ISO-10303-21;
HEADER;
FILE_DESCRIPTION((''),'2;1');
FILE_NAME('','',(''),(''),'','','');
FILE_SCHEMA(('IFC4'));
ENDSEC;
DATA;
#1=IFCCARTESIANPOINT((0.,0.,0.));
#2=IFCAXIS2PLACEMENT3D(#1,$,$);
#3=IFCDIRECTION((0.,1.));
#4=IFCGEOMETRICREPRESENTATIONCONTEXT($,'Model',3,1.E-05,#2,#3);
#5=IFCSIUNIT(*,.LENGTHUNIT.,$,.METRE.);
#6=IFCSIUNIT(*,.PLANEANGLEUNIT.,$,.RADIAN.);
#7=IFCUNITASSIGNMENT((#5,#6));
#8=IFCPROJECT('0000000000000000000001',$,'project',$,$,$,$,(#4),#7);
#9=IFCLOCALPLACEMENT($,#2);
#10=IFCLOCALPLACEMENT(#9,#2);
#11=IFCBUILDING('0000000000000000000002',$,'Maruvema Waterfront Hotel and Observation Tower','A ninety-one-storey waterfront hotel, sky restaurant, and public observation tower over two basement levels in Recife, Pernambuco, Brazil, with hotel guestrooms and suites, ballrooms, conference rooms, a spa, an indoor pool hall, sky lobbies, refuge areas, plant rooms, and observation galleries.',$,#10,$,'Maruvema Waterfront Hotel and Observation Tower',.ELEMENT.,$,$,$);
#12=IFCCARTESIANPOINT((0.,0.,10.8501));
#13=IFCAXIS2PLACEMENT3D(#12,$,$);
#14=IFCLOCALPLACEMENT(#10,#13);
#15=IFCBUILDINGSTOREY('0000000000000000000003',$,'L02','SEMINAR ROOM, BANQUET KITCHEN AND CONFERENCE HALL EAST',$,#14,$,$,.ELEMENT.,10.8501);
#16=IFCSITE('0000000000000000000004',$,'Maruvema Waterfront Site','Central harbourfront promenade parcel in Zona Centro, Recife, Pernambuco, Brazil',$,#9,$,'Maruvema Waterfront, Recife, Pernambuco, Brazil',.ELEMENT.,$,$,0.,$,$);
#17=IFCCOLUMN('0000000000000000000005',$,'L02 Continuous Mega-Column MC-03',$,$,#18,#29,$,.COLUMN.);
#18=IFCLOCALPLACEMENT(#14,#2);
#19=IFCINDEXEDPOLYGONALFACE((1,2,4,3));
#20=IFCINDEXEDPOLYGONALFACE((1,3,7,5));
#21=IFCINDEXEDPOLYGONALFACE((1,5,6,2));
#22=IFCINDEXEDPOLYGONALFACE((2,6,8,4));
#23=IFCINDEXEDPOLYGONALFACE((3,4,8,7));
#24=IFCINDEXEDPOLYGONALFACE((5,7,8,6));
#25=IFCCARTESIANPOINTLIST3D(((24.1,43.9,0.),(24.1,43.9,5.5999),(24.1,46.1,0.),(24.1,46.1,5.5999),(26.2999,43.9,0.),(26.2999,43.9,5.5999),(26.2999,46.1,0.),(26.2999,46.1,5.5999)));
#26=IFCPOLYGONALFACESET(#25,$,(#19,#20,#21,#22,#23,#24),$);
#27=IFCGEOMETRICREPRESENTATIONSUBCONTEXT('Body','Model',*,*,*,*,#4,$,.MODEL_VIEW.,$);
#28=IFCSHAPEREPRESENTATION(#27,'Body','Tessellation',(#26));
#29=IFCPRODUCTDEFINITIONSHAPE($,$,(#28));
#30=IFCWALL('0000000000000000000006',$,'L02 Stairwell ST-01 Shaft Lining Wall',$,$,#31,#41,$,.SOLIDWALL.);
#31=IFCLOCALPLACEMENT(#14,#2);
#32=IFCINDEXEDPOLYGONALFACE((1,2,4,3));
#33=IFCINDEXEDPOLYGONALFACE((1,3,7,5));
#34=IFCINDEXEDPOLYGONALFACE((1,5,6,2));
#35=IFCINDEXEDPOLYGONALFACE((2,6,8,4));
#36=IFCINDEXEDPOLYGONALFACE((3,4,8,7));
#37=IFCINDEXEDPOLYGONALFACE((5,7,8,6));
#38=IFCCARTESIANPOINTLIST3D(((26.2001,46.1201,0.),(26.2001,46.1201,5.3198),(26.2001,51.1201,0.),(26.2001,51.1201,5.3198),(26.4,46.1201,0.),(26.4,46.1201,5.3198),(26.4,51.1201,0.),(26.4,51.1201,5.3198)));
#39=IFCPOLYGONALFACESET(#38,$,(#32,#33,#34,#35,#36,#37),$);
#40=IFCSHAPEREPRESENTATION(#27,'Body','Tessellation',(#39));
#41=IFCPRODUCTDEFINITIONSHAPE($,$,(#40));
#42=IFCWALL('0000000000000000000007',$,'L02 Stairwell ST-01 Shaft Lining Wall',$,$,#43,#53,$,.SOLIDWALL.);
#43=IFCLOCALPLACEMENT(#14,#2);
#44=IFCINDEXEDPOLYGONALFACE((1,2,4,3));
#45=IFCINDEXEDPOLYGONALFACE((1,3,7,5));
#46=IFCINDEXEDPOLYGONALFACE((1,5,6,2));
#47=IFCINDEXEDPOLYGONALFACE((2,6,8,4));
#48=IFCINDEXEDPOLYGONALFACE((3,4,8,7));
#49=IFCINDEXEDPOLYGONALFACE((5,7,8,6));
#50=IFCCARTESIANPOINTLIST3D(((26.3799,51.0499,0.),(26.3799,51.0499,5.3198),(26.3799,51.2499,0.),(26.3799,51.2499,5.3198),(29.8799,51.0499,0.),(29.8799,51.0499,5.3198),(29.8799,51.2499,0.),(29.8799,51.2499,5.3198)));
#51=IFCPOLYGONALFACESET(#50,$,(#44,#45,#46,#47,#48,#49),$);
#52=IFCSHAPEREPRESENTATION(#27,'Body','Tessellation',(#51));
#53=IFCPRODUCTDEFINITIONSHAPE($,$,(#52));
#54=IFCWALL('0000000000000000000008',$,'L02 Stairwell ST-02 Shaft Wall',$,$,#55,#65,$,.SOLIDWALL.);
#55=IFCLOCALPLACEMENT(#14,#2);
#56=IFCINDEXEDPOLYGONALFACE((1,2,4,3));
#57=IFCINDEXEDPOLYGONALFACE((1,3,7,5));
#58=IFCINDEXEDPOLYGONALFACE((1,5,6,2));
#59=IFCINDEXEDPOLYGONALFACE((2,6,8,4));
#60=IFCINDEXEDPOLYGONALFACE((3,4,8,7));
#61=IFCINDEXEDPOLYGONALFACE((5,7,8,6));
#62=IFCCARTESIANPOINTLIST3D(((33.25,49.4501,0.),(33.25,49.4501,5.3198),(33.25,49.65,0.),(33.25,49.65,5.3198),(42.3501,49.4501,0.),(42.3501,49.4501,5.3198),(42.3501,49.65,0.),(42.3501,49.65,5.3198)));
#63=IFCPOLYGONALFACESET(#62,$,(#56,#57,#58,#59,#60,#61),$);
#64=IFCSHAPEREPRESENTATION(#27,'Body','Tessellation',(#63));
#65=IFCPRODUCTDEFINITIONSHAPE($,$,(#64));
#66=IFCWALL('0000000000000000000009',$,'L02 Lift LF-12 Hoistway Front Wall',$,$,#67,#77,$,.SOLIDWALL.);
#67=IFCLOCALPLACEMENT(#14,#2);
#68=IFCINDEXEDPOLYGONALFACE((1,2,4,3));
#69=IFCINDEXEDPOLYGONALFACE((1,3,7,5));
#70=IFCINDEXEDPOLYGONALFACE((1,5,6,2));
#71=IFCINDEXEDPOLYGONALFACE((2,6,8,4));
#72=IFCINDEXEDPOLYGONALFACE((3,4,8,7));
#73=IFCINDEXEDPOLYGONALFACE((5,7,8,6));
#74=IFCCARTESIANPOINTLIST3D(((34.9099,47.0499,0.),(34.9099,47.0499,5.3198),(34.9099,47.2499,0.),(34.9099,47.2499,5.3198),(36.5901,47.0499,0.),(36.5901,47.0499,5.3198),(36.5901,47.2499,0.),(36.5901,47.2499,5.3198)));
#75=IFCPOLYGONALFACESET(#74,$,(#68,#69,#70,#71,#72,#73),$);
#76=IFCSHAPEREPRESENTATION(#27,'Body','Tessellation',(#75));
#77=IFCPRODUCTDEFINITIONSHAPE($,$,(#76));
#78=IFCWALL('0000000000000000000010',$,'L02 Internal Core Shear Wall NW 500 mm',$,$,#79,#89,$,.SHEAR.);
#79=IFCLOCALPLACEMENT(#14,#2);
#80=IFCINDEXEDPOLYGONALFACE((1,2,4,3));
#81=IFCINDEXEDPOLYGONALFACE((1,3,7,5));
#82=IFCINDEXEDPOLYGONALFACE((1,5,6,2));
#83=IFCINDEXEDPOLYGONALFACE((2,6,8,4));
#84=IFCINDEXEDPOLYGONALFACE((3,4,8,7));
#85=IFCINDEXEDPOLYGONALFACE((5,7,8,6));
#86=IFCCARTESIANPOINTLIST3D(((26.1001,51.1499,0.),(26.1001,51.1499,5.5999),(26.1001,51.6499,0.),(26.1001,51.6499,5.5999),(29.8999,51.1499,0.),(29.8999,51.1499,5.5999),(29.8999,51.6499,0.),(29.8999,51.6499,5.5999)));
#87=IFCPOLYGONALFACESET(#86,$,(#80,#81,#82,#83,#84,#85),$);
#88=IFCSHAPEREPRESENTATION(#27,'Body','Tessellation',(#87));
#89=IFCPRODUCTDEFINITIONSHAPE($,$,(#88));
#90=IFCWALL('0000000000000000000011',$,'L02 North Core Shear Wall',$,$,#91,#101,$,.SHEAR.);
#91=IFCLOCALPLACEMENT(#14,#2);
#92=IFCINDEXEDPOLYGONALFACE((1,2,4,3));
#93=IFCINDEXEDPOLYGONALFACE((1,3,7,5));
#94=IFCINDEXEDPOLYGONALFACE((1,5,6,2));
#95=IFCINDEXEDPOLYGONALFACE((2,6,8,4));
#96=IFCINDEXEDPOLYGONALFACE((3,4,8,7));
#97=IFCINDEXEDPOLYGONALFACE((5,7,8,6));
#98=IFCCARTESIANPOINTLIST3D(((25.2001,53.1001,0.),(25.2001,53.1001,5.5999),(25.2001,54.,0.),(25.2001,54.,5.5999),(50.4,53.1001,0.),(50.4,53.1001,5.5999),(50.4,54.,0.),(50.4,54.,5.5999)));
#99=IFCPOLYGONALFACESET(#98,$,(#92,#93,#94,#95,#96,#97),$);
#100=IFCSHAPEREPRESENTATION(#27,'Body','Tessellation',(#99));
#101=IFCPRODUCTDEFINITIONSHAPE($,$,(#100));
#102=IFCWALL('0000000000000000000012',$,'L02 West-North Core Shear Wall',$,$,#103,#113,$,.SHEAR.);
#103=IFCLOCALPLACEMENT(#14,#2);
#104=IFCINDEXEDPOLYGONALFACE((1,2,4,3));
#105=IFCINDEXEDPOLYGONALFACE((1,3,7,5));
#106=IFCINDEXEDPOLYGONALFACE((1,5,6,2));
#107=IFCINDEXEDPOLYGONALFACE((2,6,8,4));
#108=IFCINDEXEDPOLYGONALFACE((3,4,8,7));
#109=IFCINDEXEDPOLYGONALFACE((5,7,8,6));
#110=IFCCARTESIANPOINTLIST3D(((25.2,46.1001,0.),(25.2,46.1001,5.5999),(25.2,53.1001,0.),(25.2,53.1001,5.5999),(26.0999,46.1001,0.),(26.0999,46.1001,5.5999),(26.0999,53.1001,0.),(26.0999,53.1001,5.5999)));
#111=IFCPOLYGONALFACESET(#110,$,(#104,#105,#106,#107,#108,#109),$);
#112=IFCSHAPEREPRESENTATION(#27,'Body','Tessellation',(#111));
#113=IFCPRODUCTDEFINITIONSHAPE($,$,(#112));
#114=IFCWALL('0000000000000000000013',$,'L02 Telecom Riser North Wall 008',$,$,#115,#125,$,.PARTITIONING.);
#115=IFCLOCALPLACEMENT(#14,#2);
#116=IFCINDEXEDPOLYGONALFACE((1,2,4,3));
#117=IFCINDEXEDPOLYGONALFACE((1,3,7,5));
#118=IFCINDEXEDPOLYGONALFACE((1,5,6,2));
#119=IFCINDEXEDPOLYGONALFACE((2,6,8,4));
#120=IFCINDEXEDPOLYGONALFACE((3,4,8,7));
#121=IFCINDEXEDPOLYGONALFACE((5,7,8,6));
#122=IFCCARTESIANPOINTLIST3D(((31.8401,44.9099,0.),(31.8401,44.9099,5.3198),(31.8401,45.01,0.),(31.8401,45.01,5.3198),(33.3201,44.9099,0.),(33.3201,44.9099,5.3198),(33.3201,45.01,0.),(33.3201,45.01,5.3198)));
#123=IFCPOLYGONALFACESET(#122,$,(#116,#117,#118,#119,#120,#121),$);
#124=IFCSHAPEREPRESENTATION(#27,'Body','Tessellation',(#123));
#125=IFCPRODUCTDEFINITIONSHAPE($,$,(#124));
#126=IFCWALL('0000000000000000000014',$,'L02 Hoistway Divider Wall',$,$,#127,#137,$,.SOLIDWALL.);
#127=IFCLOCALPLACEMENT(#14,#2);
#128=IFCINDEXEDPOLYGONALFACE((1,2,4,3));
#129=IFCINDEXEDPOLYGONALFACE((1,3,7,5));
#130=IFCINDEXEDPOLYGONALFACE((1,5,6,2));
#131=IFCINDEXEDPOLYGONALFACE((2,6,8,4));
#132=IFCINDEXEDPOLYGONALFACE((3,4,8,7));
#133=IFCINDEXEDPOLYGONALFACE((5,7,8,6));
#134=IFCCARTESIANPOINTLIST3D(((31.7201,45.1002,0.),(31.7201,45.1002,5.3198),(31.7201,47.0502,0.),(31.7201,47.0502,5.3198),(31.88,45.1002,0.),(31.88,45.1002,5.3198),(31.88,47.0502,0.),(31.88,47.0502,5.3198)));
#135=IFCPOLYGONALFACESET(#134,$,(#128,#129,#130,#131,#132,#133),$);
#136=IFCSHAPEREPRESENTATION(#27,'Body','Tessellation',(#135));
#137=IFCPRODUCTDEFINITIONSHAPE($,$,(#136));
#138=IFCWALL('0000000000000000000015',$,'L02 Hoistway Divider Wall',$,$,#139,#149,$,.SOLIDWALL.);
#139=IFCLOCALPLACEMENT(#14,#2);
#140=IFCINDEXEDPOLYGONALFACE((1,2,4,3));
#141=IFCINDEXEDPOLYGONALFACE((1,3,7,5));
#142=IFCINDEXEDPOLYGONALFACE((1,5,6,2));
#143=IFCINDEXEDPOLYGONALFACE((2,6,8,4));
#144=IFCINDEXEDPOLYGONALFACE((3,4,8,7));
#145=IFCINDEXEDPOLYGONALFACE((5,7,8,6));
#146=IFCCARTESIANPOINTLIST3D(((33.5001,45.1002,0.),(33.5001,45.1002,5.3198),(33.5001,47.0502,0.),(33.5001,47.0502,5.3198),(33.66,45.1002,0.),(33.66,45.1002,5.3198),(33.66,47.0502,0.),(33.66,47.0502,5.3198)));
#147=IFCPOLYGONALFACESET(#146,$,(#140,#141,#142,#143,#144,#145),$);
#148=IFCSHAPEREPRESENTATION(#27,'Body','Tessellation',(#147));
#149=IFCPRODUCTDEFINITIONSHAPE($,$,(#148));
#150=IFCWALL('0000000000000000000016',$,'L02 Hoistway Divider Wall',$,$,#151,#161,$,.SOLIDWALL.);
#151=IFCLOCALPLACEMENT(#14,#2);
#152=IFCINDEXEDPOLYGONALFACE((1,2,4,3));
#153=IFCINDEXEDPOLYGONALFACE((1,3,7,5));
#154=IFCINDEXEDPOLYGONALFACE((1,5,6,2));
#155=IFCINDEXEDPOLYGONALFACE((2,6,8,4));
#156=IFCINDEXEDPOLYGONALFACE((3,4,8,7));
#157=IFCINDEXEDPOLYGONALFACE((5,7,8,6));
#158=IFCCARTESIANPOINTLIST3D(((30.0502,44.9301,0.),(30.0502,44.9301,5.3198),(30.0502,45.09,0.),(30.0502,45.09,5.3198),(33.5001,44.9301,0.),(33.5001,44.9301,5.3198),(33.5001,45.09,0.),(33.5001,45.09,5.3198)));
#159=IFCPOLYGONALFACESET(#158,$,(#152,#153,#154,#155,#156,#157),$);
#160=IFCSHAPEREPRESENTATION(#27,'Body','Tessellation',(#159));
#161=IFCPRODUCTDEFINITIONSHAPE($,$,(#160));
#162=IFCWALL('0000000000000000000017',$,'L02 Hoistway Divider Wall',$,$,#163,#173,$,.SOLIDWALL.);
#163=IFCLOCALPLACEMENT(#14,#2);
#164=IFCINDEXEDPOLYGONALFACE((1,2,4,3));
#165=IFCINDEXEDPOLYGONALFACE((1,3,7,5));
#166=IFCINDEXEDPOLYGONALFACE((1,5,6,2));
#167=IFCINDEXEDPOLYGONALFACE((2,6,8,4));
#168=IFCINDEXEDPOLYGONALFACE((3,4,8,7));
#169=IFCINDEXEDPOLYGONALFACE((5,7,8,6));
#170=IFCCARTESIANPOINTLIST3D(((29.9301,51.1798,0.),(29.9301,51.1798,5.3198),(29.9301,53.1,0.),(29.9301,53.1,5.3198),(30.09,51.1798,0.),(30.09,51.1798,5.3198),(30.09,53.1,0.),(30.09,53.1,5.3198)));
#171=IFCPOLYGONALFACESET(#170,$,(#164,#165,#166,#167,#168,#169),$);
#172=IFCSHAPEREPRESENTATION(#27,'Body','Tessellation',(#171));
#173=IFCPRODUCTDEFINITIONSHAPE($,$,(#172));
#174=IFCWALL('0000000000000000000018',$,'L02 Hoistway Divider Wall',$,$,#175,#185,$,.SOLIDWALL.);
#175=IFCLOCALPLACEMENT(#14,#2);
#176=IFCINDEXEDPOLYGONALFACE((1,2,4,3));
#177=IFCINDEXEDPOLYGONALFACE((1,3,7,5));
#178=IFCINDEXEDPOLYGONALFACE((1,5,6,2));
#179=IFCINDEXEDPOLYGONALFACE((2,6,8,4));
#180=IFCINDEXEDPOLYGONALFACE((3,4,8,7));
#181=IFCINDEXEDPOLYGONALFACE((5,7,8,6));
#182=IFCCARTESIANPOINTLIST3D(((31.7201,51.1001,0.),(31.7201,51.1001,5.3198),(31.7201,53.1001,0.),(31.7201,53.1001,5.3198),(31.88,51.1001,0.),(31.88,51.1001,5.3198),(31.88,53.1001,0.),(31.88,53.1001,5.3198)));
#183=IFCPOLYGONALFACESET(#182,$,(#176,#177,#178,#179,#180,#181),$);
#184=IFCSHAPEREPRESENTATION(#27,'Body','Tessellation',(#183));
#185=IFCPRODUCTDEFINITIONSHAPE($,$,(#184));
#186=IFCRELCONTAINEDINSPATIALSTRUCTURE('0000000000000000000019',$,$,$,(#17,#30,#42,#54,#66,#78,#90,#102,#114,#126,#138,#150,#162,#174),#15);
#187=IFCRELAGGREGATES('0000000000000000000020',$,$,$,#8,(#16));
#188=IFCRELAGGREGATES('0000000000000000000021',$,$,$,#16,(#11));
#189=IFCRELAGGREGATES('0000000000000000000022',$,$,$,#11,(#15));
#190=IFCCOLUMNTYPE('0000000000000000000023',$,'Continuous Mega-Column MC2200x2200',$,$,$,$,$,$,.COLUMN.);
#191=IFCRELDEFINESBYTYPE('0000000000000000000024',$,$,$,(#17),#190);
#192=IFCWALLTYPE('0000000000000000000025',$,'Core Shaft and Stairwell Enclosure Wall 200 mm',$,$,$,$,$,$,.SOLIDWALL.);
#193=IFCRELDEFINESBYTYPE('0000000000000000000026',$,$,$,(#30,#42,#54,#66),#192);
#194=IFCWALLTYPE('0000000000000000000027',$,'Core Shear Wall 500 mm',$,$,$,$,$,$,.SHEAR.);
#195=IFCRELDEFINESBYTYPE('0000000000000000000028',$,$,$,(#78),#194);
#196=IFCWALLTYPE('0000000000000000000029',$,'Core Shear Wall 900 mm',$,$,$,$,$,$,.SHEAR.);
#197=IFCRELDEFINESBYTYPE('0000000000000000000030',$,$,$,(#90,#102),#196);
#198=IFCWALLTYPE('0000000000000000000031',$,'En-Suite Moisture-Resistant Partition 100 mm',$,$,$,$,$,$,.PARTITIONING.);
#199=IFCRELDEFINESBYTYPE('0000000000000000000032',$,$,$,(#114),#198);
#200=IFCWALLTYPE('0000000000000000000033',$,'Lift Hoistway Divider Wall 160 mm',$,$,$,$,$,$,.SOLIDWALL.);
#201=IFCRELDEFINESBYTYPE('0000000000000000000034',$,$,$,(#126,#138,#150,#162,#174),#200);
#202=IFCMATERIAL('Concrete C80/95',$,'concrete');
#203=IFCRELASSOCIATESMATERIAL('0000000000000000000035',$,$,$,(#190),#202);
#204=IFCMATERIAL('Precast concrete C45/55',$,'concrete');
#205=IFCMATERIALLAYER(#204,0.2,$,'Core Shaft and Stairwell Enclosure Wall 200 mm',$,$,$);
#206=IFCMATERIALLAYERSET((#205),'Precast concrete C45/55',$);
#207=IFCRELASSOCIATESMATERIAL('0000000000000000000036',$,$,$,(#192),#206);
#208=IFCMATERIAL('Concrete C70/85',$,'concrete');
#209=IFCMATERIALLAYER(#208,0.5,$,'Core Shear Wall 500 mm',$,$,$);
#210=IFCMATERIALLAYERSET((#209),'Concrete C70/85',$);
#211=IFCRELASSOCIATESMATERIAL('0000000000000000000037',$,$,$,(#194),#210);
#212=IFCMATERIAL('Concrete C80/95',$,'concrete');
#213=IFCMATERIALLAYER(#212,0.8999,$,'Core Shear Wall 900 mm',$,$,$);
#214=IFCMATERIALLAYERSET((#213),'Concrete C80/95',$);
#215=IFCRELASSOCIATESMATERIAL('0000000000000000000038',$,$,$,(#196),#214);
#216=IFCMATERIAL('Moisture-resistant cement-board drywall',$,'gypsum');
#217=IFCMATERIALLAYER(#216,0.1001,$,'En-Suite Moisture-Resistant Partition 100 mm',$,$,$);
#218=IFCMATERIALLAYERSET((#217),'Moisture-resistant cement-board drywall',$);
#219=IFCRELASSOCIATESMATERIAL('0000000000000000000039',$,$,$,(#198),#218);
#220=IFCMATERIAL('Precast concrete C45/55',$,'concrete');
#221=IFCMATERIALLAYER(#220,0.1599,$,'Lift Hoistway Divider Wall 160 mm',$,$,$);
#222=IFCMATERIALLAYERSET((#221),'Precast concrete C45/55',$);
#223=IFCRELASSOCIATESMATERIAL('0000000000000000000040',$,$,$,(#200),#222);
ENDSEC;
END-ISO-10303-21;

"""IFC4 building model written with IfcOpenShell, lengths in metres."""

from ifc_helpers import new_model, si_unit, direction, frame, frame_2d, origin, origin_2d, place, context, subcontext, project, spatial, rectangle, extrude, material, layer, layer_set, material_profile, profile_set, type_object, element, save


model = new_model("IFC4")

# Units and contexts
model_context = context("Model", 3, precision=1e-05, world=origin(), true_north=direction((0.0, 1.0)))
body_context = subcontext(model_context, "Body", "Model", "MODEL_VIEW")
ifc_project = project(units=[si_unit("LENGTHUNIT", "METRE"), si_unit("PLANEANGLEUNIT", "RADIAN")], contexts=[model_context])

# Site, building, storey
site_placement = place(None, origin())
site = spatial("IfcSite", under=ifc_project, at=site_placement, Name="Maruvema Waterfront Site", Description="Central harbourfront promenade parcel in Zona Centro, Recife, Pernambuco, Brazil", LongName="Maruvema Waterfront, Recife, Pernambuco, Brazil", CompositionType="ELEMENT", RefElevation=0.0)
building_placement = place(site_placement, origin())
building = spatial("IfcBuilding", under=site, at=building_placement, Name="Maruvema Waterfront Hotel and Observation Tower", Description="A ninety-one-storey waterfront hotel, sky restaurant, and public observation tower over two basement levels in Recife, Pernambuco, Brazil, with hotel guestrooms and suites, ballrooms, conference rooms, a spa, an indoor pool hall, sky lobbies, refuge areas, plant rooms, and observation galleries.", LongName="Maruvema Waterfront Hotel and Observation Tower", CompositionType="ELEMENT")
storey_placement = place(building_placement, frame((0.0, 0.0, 10.8501)))
storey = spatial("IfcBuildingStorey", under=building, at=storey_placement, Name="L02", Description="SEMINAR ROOM, BANQUET KITCHEN AND CONFERENCE HALL EAST", CompositionType="ELEMENT", Elevation=10.8501)

# Column
ifc_material_1 = material(Name="Concrete C80/95", Category="concrete")
ifc_material_profile = material_profile(ifc_material_1, rectangle(XDim=2.2, YDim=2.2, at=origin_2d()), Name="MC2200x2200")
ifc_profile_set = profile_set([ifc_material_profile], Name="Concrete C80/95")
column_type = type_object("IfcColumnType", Name="Continuous Mega-Column MC2200x2200", PredefinedType="COLUMN", material=ifc_profile_set)
column_placement = place(storey_placement, frame((25.2, 45.0, 0.0), z_axis=(0.0, 0.0, 1.0), x_axis=(1.0, 0.0, 0.0)))
element("IfcColumn", 1, at=column_placement, inside=storey, type_object=column_type, Name="L02 Continuous Mega-Column MC-03", PredefinedType="COLUMN", context=body_context, shape_type="SweptSolid", body=[
    extrude(rectangle(XDim=2.2, YDim=2.2, at=origin_2d()), origin(), (0.0, 0.0, 1.0), 5.5999),
])

# Walls
ifc_material_2 = material(Name="Precast concrete C45/55", Category="concrete")
ifc_layer_1 = layer(ifc_material_2, 0.2, Name="Core Shaft and Stairwell Enclosure Wall 200 mm")
ifc_layer_set_1 = layer_set([ifc_layer_1], Name="Precast concrete C45/55")
wall_type_1 = type_object("IfcWallType", Name="Core Shaft and Stairwell Enclosure Wall 200 mm", PredefinedType="SOLIDWALL", material=ifc_layer_set_1)
wall_1_placement = place(storey_placement, frame((26.3, 46.1201, 0.0), z_axis=(0.0, 0.0, 1.0), x_axis=(0.0, 1.0, 0.0)))
element("IfcWall", 2, at=wall_1_placement, inside=storey, type_object=wall_type_1, Name="L02 Stairwell ST-01 Shaft Lining Wall", PredefinedType="SOLIDWALL", context=body_context, shape_type="SweptSolid", body=[
    extrude(rectangle(XDim=5.0, YDim=0.2, at=frame_2d((2.5, 0.0))), origin(), (0.0, 0.0, 1.0), 5.3198),
])
wall_2_placement = place(storey_placement, frame((26.3799, 51.1499, 0.0), z_axis=(0.0, 0.0, 1.0), x_axis=(1.0, 0.0, 0.0)))
element("IfcWall", 3, at=wall_2_placement, inside=storey, type_object=wall_type_1, Name="L02 Stairwell ST-01 Shaft Lining Wall", PredefinedType="SOLIDWALL", context=body_context, shape_type="SweptSolid", body=[
    extrude(rectangle(XDim=3.5, YDim=0.2, at=frame_2d((1.75, 0.0))), origin(), (0.0, 0.0, 1.0), 5.3198),
])
wall_3_placement = place(storey_placement, frame((33.25, 49.55, 0.0), z_axis=(0.0, 0.0, 1.0), x_axis=(1.0, 0.0, 0.0)))
element("IfcWall", 4, at=wall_3_placement, inside=storey, type_object=wall_type_1, Name="L02 Stairwell ST-02 Shaft Wall", PredefinedType="SOLIDWALL", context=body_context, shape_type="SweptSolid", body=[
    extrude(rectangle(XDim=9.1001, YDim=0.2, at=frame_2d((4.55, 0.0))), origin(), (0.0, 0.0, 1.0), 5.3198),
])

# Walls
wall_4_placement = place(storey_placement, frame((34.9099, 47.1499, 0.0), z_axis=(0.0, 0.0, 1.0), x_axis=(1.0, 0.0, 0.0)))
element("IfcWall", 5, at=wall_4_placement, inside=storey, type_object=wall_type_1, Name="L02 Lift LF-12 Hoistway Front Wall", PredefinedType="SOLIDWALL", context=body_context, shape_type="SweptSolid", body=[
    extrude(rectangle(XDim=1.6802, YDim=0.2, at=frame_2d((0.8401, 0.0))), origin(), (0.0, 0.0, 1.0), 5.3198),
])
ifc_material_3 = material(Name="Concrete C70/85", Category="concrete")
ifc_layer_2 = layer(ifc_material_3, 0.5, Name="Core Shear Wall 500 mm")
ifc_layer_set_2 = layer_set([ifc_layer_2], Name="Concrete C70/85")
wall_type_2 = type_object("IfcWallType", Name="Core Shear Wall 500 mm", PredefinedType="SHEAR", material=ifc_layer_set_2)
wall_5_placement = place(storey_placement, frame((26.1001, 51.3999, 0.0), z_axis=(0.0, 0.0, 1.0), x_axis=(1.0, 0.0, 0.0)))
element("IfcWall", 6, at=wall_5_placement, inside=storey, type_object=wall_type_2, Name="L02 Internal Core Shear Wall NW 500 mm", PredefinedType="SHEAR", context=body_context, shape_type="SweptSolid", body=[
    extrude(rectangle(XDim=3.7998, YDim=0.5, at=frame_2d((1.8999, 0.0))), origin(), (0.0, 0.0, 1.0), 5.5999),
])
ifc_material_4 = material(Name="Concrete C80/95", Category="concrete")
ifc_layer_3 = layer(ifc_material_4, 0.8999, Name="Core Shear Wall 900 mm")
ifc_layer_set_3 = layer_set([ifc_layer_3], Name="Concrete C80/95")
wall_type_3 = type_object("IfcWallType", Name="Core Shear Wall 900 mm", PredefinedType="SHEAR", material=ifc_layer_set_3)
wall_6_placement = place(storey_placement, frame((25.2, 53.55, 0.0), z_axis=(0.0, 0.0, 1.0), x_axis=(1.0, 0.0, 0.0)))
element("IfcWall", 7, at=wall_6_placement, inside=storey, type_object=wall_type_3, Name="L02 North Core Shear Wall", PredefinedType="SHEAR", context=body_context, shape_type="SweptSolid", body=[
    extrude(rectangle(XDim=25.2, YDim=0.8999, at=frame_2d((12.6001, 0.0))), origin(), (0.0, 0.0, 1.0), 5.5999),
])
wall_7_placement = place(storey_placement, frame((25.6499, 46.1001, 0.0), z_axis=(0.0, 0.0, 1.0), x_axis=(0.0, 1.0, 0.0)))
element("IfcWall", 8, at=wall_7_placement, inside=storey, type_object=wall_type_3, Name="L02 West-North Core Shear Wall", PredefinedType="SHEAR", context=body_context, shape_type="SweptSolid", body=[
    extrude(rectangle(XDim=7.0, YDim=0.8999, at=frame_2d((3.5, 0.0))), origin(), (0.0, 0.0, 1.0), 5.5999),
])
ifc_material_5 = material(Name="Moisture-resistant cement-board drywall", Category="gypsum")
ifc_layer_4 = layer(ifc_material_5, 0.1001, Name="En-Suite Moisture-Resistant Partition 100 mm")
ifc_layer_set_4 = layer_set([ifc_layer_4], Name="Moisture-resistant cement-board drywall")
wall_type_4 = type_object("IfcWallType", Name="En-Suite Moisture-Resistant Partition 100 mm", PredefinedType="PARTITIONING", material=ifc_layer_set_4)
wall_8_placement = place(storey_placement, frame((31.8401, 44.96, 0.0), z_axis=(0.0, 0.0, 1.0), x_axis=(1.0, 0.0, 0.0)))
element("IfcWall", 9, at=wall_8_placement, inside=storey, type_object=wall_type_4, Name="L02 Telecom Riser North Wall 008", PredefinedType="PARTITIONING", context=body_context, shape_type="SweptSolid", body=[
    extrude(rectangle(XDim=1.48, YDim=0.1001, at=frame_2d((0.74, 0.0))), origin(), (0.0, 0.0, 1.0), 5.3198),
])
ifc_material_6 = material(Name="Precast concrete C45/55", Category="concrete")
ifc_layer_5 = layer(ifc_material_6, 0.1599, Name="Lift Hoistway Divider Wall 160 mm")
ifc_layer_set_5 = layer_set([ifc_layer_5], Name="Precast concrete C45/55")
wall_type_5 = type_object("IfcWallType", Name="Lift Hoistway Divider Wall 160 mm", PredefinedType="SOLIDWALL", material=ifc_layer_set_5)
for number, where, z_axis, x_axis, name in (
    (10, (31.8, 45.1001, 0.0), (0.0, 0.0, 1.0), (0.0, 1.0, 0.0), "L02 Hoistway Divider Wall"),
    (11, (33.5801, 45.1001, 0.0), (0.0, 0.0, 1.0), (0.0, 1.0, 0.0), "L02 Hoistway Divider Wall"),
):
    element("IfcWall", number, at=place(storey_placement, frame(where, z_axis=z_axis, x_axis=x_axis)), inside=storey, type_object=wall_type_5, Name=name, PredefinedType="SOLIDWALL", context=body_context, shape_type="SweptSolid", body=[
        extrude(rectangle(XDim=1.95, YDim=0.1599, at=frame_2d((0.9751, 0.0))), origin(), (0.0, 0.0, 1.0), 5.3198),
    ])
wall_9_placement = place(storey_placement, frame((30.05, 45.01, 0.0), z_axis=(0.0, 0.0, 1.0), x_axis=(1.0, 0.0, 0.0)))
element("IfcWall", 12, at=wall_9_placement, inside=storey, type_object=wall_type_5, Name="L02 Hoistway Divider Wall", PredefinedType="SOLIDWALL", context=body_context, shape_type="SweptSolid", body=[
    extrude(rectangle(XDim=3.45, YDim=0.1599, at=frame_2d((1.7251, 0.0))), origin(), (0.0, 0.0, 1.0), 5.3198),
])
wall_10_placement = place(storey_placement, frame((30.01, 51.1799, 0.0), z_axis=(0.0, 0.0, 1.0), x_axis=(0.0, 1.0, 0.0)))
element("IfcWall", 13, at=wall_10_placement, inside=storey, type_object=wall_type_5, Name="L02 Hoistway Divider Wall", PredefinedType="SOLIDWALL", context=body_context, shape_type="SweptSolid", body=[
    extrude(rectangle(XDim=1.9202, YDim=0.1599, at=frame_2d((0.96, 0.0))), origin(), (0.0, 0.0, 1.0), 5.3198),
])
wall_11_placement = place(storey_placement, frame((31.8, 51.1001, 0.0), z_axis=(0.0, 0.0, 1.0), x_axis=(0.0, 1.0, 0.0)))
element("IfcWall", 14, at=wall_11_placement, inside=storey, type_object=wall_type_5, Name="L02 Hoistway Divider Wall", PredefinedType="SOLIDWALL", context=body_context, shape_type="SweptSolid", body=[
    extrude(rectangle(XDim=2.0, YDim=0.1599, at=frame_2d((1.0, 0.0))), origin(), (0.0, 0.0, 1.0), 5.3198),
])

save(model, "model.ifc")
